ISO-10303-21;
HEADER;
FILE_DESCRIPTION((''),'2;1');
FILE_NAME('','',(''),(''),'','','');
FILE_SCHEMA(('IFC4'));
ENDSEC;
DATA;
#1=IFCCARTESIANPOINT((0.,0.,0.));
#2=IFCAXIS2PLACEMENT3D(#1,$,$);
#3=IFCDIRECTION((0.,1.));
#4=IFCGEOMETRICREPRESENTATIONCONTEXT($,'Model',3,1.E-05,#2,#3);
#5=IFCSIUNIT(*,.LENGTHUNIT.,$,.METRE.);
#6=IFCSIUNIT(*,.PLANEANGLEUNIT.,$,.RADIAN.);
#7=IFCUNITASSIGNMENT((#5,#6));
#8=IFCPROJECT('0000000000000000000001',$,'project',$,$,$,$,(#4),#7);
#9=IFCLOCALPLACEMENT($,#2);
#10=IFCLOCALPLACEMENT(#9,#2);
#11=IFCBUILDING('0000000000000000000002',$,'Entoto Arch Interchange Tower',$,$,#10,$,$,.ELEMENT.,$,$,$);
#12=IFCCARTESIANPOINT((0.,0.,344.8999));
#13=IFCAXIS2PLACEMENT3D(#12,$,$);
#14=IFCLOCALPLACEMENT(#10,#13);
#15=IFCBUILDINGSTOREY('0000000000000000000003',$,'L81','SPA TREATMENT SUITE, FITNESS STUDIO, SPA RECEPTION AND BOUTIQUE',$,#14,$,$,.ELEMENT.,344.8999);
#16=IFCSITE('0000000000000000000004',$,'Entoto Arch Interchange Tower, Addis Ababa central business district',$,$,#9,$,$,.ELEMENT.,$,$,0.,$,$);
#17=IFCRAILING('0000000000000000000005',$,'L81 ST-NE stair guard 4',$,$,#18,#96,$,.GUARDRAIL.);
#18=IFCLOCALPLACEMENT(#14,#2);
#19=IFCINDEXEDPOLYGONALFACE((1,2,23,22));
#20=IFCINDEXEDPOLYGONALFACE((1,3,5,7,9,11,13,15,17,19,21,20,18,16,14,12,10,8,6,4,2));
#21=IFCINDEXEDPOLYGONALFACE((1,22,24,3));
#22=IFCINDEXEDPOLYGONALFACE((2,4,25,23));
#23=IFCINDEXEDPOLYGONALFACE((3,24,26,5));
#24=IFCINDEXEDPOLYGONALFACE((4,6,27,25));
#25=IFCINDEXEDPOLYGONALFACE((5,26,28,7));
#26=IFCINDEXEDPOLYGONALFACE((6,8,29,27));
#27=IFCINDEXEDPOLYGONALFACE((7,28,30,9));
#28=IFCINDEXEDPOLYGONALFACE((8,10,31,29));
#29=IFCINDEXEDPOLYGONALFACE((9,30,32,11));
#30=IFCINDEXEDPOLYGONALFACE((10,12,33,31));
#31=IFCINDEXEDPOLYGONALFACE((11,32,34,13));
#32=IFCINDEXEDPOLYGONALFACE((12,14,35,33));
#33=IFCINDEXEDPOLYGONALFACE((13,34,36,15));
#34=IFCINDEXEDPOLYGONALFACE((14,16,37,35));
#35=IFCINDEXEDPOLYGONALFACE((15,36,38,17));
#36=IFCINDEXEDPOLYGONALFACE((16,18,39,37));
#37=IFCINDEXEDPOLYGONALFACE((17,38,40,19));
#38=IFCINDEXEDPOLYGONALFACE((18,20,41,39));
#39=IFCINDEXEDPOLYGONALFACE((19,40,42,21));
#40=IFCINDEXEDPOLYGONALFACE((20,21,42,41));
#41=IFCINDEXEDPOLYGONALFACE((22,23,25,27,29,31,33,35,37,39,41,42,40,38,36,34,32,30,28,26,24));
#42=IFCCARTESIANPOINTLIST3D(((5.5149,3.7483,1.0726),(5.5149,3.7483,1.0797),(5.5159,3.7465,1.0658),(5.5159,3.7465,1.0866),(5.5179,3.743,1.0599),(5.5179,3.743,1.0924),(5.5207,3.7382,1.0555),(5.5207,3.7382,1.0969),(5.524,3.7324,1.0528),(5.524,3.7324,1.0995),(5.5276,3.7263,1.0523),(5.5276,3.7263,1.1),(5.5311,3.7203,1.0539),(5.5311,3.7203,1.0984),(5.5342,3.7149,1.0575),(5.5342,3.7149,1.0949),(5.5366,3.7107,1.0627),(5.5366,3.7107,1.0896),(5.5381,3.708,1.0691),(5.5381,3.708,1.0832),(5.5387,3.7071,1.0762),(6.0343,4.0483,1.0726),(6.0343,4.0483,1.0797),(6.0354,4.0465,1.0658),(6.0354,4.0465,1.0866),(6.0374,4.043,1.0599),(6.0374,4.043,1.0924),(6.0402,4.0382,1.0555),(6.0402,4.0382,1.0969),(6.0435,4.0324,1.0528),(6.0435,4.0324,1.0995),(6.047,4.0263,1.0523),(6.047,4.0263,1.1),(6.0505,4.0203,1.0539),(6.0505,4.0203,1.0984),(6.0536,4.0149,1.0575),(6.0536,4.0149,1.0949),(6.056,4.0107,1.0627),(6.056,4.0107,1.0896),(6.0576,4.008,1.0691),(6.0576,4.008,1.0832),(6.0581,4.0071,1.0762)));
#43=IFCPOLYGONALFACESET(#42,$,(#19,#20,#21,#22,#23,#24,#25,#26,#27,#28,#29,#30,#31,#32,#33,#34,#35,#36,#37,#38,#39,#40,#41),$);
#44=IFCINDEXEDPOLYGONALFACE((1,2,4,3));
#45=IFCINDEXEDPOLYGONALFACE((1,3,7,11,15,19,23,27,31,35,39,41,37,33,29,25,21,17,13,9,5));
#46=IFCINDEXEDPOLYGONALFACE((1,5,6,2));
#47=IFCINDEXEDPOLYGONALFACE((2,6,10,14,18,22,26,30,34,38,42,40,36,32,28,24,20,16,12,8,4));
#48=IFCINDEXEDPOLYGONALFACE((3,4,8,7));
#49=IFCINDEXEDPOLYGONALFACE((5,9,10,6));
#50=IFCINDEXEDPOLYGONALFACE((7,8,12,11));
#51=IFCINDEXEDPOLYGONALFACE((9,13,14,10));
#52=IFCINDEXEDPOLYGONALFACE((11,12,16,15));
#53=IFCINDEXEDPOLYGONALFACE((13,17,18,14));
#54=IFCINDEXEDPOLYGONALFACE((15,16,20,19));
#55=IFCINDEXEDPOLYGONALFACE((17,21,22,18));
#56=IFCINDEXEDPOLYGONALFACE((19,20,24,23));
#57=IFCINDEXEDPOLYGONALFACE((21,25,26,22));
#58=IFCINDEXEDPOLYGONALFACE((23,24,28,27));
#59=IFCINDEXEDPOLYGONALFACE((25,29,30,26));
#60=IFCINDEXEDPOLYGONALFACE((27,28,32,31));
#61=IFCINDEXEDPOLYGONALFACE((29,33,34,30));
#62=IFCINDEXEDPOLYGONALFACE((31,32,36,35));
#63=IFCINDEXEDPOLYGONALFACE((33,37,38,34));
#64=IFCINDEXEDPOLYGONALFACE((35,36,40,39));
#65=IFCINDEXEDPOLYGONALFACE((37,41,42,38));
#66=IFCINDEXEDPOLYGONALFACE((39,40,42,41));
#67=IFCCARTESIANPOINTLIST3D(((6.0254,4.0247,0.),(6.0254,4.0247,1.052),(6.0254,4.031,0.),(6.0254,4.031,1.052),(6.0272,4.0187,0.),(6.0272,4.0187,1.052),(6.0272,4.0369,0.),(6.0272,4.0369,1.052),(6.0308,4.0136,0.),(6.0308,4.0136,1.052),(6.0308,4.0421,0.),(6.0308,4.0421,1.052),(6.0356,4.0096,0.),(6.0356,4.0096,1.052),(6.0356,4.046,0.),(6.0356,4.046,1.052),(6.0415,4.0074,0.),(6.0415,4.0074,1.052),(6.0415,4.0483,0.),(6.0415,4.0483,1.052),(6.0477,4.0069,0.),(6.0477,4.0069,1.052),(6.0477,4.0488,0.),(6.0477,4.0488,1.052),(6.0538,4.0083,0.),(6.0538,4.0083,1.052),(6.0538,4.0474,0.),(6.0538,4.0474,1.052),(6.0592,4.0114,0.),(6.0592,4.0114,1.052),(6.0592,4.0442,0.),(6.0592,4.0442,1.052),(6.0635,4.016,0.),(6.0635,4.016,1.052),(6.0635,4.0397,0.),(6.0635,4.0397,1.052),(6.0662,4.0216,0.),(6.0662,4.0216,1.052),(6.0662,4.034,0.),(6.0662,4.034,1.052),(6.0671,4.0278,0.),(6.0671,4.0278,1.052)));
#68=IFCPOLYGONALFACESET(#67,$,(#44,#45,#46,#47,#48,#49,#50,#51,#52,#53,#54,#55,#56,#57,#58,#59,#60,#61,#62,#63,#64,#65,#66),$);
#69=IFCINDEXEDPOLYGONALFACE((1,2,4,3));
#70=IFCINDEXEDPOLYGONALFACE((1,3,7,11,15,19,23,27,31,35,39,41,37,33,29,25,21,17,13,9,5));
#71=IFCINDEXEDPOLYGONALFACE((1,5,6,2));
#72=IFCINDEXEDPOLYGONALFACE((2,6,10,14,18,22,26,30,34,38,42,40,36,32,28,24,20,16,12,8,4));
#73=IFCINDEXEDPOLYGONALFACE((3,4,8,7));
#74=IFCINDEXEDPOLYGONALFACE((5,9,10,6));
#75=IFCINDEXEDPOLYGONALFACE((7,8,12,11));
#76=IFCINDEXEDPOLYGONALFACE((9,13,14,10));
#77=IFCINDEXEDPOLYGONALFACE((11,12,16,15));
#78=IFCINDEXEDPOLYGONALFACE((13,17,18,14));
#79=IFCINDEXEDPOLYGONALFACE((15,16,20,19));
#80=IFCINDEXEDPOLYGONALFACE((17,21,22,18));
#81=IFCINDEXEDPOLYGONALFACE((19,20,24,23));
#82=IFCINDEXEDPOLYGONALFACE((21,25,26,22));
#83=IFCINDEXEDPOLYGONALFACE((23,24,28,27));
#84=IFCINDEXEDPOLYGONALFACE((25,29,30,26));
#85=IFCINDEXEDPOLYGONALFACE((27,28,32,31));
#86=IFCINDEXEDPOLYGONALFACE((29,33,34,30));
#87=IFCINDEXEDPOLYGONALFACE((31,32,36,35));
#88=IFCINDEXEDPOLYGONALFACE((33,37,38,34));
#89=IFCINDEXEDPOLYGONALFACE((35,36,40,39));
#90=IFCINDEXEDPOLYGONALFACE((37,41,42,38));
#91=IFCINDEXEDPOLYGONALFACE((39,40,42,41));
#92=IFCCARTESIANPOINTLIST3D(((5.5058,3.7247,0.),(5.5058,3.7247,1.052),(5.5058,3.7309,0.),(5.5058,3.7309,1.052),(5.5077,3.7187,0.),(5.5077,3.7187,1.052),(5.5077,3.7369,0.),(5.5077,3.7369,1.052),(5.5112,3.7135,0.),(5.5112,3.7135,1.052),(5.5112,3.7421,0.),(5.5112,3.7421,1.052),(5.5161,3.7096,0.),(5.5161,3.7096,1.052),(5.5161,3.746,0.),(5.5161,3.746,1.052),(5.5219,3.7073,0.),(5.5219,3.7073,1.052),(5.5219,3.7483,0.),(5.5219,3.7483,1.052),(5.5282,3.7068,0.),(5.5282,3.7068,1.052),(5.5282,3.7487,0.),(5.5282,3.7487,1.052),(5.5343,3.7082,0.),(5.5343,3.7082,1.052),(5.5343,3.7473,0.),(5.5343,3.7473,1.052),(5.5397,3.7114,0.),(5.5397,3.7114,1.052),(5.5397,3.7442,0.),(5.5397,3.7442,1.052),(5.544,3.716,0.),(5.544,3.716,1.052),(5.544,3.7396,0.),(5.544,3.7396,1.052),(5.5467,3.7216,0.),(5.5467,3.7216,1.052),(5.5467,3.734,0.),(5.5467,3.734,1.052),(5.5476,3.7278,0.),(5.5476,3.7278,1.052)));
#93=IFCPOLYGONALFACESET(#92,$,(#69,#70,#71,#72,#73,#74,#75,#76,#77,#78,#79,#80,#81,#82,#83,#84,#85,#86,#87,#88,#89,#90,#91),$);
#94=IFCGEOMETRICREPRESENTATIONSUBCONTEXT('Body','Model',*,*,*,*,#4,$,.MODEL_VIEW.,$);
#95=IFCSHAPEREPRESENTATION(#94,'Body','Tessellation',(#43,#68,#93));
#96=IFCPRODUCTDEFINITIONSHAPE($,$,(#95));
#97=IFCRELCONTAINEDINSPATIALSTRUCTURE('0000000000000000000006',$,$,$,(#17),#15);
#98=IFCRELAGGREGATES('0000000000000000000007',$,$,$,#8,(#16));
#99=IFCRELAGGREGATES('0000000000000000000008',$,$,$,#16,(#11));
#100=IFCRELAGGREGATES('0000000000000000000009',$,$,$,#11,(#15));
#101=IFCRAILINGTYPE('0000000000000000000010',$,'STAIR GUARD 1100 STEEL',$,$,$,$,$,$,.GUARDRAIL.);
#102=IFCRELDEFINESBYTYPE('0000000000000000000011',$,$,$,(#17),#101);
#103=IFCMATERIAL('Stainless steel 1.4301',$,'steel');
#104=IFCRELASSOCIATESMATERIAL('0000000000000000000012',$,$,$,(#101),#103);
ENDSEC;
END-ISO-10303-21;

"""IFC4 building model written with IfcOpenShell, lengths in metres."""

from ifc_helpers import new_model, si_unit, direction, frame, origin, origin_2d, place, context, subcontext, project, spatial, circle, extrude, material, type_object, element, save


model = new_model("IFC4")

# Units and contexts
model_context = context("Model", 3, precision=1e-05, world=origin(), true_north=direction((0.0, 1.0)))
body_context = subcontext(model_context, "Body", "Model", "MODEL_VIEW")
ifc_project = project(units=[si_unit("LENGTHUNIT", "METRE"), si_unit("PLANEANGLEUNIT", "RADIAN")], contexts=[model_context])

# Site, building, storey
site_placement = place(None, origin())
site = spatial("IfcSite", under=ifc_project, at=site_placement, Name="Entoto Arch Interchange Tower, Addis Ababa central business district", CompositionType="ELEMENT", RefElevation=0.0)
building_placement = place(site_placement, origin())
building = spatial("IfcBuilding", under=site, at=building_placement, Name="Entoto Arch Interchange Tower", CompositionType="ELEMENT")
storey_placement = place(building_placement, frame((0.0, 0.0, 344.8999)))
storey = spatial("IfcBuildingStorey", under=building, at=storey_placement, Name="L81", Description="SPA TREATMENT SUITE, FITNESS STUDIO, SPA RECEPTION AND BOUTIQUE", CompositionType="ELEMENT", Elevation=344.8999)

# Railing
ifc_material_1 = material(Name="Stainless steel 1.4301", Category="steel")
railing_type_1 = type_object("IfcRailingType", Name="STAIR GUARD 1100 STEEL", PredefinedType="GUARDRAIL", material=ifc_material_1)
railing_1_placement = place(storey_placement, frame((6.0461, 4.0278, 0.0)))
element("IfcRailing", 1, at=railing_1_placement, inside=storey, type_object=railing_type_1, Name="L81 ST-NE stair guard 4", PredefinedType="GUARDRAIL", context=body_context, shape_type="SweptSolid", body=[
    extrude(circle(Radius=0.0239, at=origin_2d()), frame((0.0, 0.0, 1.0762), z_axis=(-0.865955, -0.500122, 0.0), x_axis=(0.500122, -0.865955, 0.0)), (0.0, 0.0, 1.0), 0.5999),
    extrude(circle(Radius=0.021, at=origin_2d()), origin(), (0.0, 0.0, 1.0), 1.052),
    extrude(circle(Radius=0.021, at=origin_2d()), frame((-0.5195, -0.3, 0.0)), (0.0, 0.0, 1.0), 1.052),
])

save(model, "model.ifc")
